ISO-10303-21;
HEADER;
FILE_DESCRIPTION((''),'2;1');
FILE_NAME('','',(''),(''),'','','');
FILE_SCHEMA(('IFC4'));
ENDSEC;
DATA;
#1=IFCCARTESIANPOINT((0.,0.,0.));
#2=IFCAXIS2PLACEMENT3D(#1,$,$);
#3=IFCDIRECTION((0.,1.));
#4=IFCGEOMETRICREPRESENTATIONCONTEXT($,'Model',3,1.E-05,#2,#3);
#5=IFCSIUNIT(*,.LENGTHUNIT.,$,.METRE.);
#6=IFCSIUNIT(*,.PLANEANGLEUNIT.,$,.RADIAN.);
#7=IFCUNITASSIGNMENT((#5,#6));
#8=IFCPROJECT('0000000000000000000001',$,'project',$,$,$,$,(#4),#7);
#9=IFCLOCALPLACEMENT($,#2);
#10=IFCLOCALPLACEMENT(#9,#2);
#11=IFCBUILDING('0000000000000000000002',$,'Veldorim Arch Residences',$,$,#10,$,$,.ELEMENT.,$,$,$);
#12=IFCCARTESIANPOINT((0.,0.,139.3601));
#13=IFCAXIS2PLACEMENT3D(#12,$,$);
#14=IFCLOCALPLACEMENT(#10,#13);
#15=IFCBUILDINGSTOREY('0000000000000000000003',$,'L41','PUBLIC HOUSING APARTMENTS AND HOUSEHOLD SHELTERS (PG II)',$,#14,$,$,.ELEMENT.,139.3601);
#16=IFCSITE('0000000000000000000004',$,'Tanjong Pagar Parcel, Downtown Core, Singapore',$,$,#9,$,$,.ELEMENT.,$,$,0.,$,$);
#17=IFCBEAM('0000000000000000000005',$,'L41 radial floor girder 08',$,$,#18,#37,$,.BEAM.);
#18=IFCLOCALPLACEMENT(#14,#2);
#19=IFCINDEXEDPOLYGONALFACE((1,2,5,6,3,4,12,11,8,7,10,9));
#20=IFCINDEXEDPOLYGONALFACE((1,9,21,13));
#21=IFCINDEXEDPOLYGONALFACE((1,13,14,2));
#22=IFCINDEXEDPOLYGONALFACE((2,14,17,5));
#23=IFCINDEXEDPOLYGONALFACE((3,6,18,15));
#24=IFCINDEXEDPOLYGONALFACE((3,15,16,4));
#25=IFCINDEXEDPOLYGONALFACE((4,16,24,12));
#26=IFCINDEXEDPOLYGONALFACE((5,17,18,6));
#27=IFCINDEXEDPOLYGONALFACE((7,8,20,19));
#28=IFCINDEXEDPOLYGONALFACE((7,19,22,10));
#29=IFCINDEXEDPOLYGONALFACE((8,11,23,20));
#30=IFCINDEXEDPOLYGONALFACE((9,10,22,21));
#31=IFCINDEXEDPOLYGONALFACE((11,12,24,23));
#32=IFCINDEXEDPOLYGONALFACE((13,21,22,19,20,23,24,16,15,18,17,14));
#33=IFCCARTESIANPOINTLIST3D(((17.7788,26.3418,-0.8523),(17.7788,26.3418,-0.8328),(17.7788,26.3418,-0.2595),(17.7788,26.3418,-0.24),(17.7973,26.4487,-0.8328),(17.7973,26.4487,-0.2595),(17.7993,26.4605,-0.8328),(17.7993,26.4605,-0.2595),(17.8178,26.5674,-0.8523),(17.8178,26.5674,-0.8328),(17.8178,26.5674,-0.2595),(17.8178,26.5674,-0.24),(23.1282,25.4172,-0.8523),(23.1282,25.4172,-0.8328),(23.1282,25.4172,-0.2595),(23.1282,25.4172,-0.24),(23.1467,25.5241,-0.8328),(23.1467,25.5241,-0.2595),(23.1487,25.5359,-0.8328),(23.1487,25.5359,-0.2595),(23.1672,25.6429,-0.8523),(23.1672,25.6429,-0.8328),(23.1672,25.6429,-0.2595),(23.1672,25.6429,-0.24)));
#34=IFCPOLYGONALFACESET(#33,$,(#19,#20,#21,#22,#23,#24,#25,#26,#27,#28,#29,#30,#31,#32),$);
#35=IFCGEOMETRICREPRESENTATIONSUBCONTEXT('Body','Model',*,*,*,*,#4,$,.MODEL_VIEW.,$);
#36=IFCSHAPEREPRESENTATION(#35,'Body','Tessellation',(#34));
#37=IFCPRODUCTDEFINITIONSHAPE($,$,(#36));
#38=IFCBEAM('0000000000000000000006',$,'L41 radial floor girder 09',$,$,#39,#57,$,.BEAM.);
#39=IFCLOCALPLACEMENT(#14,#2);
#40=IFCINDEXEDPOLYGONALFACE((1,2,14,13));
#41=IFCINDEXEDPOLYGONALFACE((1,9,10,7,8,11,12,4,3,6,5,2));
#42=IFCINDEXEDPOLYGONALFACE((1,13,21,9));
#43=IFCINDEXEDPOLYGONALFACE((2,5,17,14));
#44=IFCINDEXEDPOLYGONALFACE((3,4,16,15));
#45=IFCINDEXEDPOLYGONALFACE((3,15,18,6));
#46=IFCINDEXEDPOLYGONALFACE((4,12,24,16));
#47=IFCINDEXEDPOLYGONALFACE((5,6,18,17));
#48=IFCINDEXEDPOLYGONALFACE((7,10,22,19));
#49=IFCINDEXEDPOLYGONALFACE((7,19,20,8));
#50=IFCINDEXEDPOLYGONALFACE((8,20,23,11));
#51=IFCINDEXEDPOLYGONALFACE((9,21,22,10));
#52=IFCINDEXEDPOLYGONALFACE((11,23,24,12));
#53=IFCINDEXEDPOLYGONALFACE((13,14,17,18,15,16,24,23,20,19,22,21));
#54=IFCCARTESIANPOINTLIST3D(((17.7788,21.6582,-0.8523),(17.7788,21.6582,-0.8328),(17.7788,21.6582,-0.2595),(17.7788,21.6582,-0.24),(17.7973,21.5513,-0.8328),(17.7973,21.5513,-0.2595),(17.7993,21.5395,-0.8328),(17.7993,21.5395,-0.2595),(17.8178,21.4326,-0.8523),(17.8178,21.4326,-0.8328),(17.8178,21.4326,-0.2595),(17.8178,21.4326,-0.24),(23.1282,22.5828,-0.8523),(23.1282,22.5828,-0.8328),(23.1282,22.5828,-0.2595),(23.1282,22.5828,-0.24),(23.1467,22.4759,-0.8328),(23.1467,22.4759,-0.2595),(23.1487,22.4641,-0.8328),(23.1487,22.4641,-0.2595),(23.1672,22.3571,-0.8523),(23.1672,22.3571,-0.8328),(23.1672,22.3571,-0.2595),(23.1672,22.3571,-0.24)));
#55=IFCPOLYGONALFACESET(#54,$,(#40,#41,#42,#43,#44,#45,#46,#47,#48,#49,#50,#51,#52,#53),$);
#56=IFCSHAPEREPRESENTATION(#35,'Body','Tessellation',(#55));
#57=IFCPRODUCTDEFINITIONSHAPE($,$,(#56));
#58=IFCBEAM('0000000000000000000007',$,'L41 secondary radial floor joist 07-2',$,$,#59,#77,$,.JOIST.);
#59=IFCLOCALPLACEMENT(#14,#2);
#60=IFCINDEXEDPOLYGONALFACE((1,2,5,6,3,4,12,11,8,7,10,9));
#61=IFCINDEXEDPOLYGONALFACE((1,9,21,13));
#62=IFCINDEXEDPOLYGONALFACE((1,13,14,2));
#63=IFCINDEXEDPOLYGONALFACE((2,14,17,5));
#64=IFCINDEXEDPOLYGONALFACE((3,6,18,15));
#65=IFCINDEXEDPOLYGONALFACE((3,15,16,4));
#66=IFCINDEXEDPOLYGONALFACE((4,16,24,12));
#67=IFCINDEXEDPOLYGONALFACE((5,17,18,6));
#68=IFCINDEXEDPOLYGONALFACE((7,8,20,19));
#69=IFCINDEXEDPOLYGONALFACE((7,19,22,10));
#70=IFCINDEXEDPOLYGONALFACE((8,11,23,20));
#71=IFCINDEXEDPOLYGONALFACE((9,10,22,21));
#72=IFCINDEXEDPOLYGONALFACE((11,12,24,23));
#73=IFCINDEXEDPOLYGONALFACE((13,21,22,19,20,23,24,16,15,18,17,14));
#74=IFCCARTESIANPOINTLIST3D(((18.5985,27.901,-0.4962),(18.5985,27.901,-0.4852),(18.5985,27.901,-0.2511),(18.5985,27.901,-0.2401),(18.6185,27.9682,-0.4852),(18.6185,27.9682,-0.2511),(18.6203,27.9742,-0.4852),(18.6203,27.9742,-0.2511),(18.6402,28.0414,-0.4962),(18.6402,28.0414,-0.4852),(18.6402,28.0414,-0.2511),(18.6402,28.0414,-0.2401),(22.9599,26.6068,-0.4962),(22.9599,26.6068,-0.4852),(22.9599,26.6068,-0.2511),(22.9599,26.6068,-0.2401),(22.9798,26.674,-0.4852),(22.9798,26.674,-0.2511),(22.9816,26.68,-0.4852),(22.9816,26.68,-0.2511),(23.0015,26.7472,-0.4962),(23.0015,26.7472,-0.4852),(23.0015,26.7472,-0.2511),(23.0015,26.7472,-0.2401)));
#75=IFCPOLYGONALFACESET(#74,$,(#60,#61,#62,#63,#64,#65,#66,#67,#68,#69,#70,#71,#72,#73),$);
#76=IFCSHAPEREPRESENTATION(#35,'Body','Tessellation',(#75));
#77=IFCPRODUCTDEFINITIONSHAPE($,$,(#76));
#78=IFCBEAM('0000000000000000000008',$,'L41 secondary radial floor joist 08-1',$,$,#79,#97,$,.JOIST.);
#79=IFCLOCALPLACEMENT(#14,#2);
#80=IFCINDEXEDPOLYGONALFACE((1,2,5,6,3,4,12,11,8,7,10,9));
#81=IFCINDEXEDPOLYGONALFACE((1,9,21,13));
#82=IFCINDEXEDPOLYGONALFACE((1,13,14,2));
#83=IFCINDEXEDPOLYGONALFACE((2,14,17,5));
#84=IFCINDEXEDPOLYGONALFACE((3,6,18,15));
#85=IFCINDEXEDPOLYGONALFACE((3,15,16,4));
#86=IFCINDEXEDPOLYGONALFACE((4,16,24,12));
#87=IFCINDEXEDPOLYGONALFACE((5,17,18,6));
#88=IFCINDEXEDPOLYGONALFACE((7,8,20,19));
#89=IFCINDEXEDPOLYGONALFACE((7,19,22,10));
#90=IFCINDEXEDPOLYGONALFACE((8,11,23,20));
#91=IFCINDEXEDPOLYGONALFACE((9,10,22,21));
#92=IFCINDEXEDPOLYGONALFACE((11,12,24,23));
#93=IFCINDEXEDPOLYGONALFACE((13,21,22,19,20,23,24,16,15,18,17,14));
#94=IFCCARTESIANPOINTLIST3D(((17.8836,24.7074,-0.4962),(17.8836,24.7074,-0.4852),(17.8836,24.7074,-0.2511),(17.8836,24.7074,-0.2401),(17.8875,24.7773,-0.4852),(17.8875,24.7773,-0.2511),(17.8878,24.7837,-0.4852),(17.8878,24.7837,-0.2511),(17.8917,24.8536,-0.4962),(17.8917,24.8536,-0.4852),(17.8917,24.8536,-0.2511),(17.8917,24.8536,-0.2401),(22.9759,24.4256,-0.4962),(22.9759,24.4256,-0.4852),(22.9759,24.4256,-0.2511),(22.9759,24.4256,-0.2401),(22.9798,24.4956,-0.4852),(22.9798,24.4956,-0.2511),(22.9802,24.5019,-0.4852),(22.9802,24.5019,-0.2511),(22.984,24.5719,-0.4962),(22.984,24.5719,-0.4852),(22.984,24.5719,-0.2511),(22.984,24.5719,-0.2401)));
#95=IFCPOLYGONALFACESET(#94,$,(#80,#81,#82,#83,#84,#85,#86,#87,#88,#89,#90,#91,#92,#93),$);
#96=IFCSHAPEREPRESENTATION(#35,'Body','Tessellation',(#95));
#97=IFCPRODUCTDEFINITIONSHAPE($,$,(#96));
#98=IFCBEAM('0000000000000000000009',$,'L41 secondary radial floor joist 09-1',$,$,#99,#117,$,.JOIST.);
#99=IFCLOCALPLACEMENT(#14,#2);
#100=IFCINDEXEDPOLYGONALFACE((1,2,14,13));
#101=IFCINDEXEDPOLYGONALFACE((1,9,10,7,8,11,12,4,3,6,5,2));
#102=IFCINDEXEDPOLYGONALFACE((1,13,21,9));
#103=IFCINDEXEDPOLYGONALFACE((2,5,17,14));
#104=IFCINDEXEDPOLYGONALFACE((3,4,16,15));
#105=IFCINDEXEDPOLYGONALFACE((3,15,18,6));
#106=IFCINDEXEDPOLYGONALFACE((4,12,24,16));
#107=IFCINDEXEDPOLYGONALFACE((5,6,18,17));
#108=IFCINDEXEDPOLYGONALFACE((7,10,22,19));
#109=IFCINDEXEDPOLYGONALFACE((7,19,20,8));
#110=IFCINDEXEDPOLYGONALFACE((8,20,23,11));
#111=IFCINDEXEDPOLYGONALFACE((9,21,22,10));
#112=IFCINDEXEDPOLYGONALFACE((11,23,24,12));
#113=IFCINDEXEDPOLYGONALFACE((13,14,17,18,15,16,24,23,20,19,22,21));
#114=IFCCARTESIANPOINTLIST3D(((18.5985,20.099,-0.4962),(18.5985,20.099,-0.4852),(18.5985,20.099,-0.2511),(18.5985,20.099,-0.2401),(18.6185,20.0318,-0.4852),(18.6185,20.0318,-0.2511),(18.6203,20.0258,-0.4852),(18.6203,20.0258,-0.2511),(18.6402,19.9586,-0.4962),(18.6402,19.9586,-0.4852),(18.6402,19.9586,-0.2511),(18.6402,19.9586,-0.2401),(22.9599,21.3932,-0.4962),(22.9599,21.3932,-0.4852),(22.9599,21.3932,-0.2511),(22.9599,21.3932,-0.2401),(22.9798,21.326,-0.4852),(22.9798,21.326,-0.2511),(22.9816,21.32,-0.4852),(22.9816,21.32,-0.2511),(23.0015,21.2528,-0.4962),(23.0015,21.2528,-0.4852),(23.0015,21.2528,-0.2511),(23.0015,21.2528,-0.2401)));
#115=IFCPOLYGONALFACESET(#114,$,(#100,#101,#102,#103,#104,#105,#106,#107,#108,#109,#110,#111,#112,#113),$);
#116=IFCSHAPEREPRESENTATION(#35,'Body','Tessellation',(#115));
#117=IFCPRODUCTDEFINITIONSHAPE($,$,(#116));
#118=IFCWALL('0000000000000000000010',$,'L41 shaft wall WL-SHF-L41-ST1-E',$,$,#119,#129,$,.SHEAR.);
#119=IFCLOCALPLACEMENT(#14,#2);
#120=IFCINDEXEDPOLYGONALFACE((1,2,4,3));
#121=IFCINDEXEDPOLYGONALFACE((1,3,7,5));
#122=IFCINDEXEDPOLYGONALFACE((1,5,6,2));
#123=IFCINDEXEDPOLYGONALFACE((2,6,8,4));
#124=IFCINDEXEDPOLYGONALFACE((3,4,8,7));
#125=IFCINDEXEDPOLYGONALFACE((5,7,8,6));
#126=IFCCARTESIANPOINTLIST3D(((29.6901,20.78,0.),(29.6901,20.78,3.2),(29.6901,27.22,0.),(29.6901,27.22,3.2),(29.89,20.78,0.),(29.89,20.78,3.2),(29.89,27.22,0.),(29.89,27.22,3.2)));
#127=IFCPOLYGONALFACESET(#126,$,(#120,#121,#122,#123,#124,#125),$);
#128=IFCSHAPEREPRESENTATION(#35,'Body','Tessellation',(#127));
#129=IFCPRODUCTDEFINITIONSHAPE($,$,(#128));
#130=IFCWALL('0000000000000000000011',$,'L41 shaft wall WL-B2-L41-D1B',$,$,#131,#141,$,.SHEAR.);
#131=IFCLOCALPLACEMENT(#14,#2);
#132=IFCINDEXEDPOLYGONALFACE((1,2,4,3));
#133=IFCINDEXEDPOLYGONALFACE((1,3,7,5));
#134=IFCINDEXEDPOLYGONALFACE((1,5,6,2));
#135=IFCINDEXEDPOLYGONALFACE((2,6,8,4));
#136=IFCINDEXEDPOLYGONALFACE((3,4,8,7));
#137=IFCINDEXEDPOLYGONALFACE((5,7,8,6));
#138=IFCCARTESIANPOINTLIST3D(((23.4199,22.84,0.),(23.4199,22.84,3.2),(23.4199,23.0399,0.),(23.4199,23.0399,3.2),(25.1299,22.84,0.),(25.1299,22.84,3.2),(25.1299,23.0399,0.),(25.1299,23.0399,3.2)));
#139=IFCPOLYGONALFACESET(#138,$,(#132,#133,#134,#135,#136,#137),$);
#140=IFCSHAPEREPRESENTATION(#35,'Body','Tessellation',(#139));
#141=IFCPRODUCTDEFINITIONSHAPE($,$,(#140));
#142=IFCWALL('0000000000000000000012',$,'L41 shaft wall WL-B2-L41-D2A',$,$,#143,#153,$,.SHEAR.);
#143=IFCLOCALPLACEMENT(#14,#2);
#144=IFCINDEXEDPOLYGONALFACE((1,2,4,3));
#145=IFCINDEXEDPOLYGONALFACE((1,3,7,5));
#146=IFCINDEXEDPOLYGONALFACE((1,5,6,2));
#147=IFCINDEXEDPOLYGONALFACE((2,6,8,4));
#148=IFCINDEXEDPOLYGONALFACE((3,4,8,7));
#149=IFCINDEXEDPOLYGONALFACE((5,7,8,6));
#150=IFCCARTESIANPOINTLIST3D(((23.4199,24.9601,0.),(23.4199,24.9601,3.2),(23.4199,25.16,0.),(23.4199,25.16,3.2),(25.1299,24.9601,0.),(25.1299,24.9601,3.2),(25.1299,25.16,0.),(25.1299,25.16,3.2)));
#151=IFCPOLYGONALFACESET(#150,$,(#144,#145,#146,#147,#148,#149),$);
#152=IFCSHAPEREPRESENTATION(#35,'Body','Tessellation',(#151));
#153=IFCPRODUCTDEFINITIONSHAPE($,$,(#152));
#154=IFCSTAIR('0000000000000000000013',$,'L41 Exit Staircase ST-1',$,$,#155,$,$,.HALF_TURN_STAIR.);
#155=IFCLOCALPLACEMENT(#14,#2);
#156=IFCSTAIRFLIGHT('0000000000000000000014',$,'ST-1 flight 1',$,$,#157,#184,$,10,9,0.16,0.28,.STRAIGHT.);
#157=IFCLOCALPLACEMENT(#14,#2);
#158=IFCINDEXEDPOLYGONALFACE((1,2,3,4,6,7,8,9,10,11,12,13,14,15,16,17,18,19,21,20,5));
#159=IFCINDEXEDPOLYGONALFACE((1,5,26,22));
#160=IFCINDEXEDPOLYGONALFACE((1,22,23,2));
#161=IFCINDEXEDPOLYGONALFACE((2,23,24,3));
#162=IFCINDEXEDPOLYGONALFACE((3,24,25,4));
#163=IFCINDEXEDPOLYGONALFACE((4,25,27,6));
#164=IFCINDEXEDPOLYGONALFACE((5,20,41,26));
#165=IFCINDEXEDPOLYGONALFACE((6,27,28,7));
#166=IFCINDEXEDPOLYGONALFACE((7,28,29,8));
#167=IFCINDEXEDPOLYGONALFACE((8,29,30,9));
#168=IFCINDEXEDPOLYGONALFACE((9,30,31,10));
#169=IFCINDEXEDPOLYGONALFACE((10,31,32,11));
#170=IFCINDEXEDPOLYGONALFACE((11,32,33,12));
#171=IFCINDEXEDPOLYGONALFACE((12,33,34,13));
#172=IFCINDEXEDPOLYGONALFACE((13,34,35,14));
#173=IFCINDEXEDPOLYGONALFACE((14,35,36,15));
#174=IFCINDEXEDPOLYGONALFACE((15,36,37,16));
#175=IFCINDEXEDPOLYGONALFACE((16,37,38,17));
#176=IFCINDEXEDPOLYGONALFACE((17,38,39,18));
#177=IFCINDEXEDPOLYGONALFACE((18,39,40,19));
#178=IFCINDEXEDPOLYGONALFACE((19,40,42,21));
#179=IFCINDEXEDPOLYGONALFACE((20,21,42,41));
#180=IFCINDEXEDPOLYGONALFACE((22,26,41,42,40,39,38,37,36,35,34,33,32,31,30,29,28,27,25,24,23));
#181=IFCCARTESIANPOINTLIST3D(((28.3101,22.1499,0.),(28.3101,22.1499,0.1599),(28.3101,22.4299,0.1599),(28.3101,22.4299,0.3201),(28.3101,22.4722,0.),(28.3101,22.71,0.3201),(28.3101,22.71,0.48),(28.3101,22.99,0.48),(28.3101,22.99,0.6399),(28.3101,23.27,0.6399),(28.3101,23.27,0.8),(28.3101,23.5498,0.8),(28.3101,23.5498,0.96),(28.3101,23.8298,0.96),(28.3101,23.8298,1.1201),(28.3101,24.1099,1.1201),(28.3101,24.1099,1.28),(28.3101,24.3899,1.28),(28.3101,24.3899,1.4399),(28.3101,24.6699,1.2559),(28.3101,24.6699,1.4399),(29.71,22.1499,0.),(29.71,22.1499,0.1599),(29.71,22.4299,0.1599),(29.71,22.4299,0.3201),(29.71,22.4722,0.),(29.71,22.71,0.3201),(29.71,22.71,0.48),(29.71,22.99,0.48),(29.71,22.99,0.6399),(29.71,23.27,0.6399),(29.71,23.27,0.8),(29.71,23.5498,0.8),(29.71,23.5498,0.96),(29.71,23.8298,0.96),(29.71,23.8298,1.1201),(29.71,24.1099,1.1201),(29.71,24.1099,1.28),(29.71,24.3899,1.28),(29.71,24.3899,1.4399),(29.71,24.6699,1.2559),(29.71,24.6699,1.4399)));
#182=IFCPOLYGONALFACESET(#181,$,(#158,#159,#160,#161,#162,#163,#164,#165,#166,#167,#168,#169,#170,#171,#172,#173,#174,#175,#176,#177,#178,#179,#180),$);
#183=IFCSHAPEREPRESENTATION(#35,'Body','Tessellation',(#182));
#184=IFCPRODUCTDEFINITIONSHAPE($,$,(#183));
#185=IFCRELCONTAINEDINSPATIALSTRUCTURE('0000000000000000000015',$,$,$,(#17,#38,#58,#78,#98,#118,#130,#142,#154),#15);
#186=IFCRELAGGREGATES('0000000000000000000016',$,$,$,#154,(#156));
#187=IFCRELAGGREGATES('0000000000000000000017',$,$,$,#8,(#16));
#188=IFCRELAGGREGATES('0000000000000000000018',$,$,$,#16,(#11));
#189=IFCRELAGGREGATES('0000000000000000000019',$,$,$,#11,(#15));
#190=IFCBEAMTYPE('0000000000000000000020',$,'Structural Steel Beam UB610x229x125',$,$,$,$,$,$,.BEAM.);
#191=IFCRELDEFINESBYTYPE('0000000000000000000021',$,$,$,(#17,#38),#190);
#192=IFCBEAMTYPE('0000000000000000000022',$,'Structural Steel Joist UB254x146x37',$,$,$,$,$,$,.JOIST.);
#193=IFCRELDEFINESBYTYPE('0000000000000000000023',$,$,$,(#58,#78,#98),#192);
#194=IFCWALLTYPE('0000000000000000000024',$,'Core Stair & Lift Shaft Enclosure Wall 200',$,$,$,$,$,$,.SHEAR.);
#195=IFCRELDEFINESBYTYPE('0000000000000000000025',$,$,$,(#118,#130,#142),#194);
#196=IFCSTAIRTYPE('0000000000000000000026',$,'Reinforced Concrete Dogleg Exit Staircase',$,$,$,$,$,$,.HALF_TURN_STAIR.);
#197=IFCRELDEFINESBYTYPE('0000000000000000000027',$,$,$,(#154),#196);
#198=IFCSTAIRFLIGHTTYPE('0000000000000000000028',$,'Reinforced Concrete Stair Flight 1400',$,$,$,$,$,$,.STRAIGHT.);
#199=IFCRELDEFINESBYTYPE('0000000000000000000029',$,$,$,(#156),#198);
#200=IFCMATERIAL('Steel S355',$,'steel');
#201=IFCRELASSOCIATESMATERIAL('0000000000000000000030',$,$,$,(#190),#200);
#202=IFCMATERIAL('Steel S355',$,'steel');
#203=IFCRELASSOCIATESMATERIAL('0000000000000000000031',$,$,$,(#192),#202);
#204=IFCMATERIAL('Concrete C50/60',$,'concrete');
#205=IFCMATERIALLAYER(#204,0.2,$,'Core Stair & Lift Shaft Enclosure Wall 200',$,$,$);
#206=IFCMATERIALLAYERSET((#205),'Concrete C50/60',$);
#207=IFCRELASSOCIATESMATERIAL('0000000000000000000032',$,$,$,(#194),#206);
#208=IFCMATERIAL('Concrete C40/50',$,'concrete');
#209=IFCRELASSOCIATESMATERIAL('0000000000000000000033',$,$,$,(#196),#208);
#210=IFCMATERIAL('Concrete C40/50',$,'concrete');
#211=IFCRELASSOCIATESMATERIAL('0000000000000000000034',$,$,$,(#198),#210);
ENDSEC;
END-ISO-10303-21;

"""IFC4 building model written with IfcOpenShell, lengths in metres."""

from ifc_helpers import new_model, si_unit, direction, frame, frame_2d, origin, origin_2d, place, context, subcontext, project, spatial, polyline, rectangle, i_section, outline, extrude, material, layer, layer_set, material_profile, profile_set, type_object, element, aggregate, save


model = new_model("IFC4")

# Units and contexts
model_context = context("Model", 3, precision=1e-05, world=origin(), true_north=direction((0.0, 1.0)))
body_context = subcontext(model_context, "Body", "Model", "MODEL_VIEW")
ifc_project = project(units=[si_unit("LENGTHUNIT", "METRE"), si_unit("PLANEANGLEUNIT", "RADIAN")], contexts=[model_context])

# Site, building, storey
site_placement = place(None, origin())
site = spatial("IfcSite", under=ifc_project, at=site_placement, Name="Tanjong Pagar Parcel, Downtown Core, Singapore", CompositionType="ELEMENT", RefElevation=0.0)
building_placement = place(site_placement, origin())
building = spatial("IfcBuilding", under=site, at=building_placement, Name="Veldorim Arch Residences", CompositionType="ELEMENT")
storey_placement = place(building_placement, frame((0.0, 0.0, 139.3601)))
storey = spatial("IfcBuildingStorey", under=building, at=storey_placement, Name="L41", Description="PUBLIC HOUSING APARTMENTS AND HOUSEHOLD SHELTERS (PG II)", CompositionType="ELEMENT", Elevation=139.3601)

# Beams
ifc_material_1 = material(Name="Steel S355", Category="steel")
ifc_material_profile_1 = material_profile(ifc_material_1, i_section(OverallWidth=0.229, OverallDepth=0.6123, WebThickness=0.012, FlangeThickness=0.0195, at=origin_2d()), Name="UB610x229x125")
ifc_profile_set_1 = profile_set([ifc_material_profile_1], Name="Steel S355")
beam_type_1 = type_object("IfcBeamType", Name="Structural Steel Beam UB610x229x125", PredefinedType="BEAM", material=ifc_profile_set_1)
for number, where, z_axis, x_axis, name in (
    (1, (23.1477, 25.53, -0.5461), (-0.98539, 0.170311, 0.0), (-0.170311, -0.98539, 0.0), "L41 radial floor girder 08"),
    (2, (23.1477, 22.47, -0.5461), (-0.98539, -0.170311, 0.0), (0.170311, -0.98539, 0.0), "L41 radial floor girder 09"),
):
    element("IfcBeam", number, at=place(storey_placement, frame(where, z_axis=z_axis, x_axis=x_axis)), inside=storey, type_object=beam_type_1, Name=name, PredefinedType="BEAM", context=body_context, shape_type="SweptSolid", body=[
        extrude(i_section(OverallWidth=0.229, OverallDepth=0.6123, WebThickness=0.012, FlangeThickness=0.0195, at=origin_2d()), origin(), (0.0, 0.0, 1.0), 5.4287),
    ])
ifc_material_2 = material(Name="Steel S355", Category="steel")
ifc_material_profile_2 = material_profile(ifc_material_2, i_section(OverallWidth=0.1465, OverallDepth=0.2561, WebThickness=0.0063, FlangeThickness=0.011, at=origin_2d()), Name="UB254x146x37")
ifc_profile_set_2 = profile_set([ifc_material_profile_2], Name="Steel S355")
beam_type_2 = type_object("IfcBeamType", Name="Structural Steel Joist UB254x146x37", PredefinedType="JOIST", material=ifc_profile_set_2)
beam_1_placement = place(storey_placement, frame((22.9807, 26.677, -0.3682), z_axis=(-0.958682, 0.284481, 0.0), x_axis=(-0.284481, -0.958682, 0.0)))
element("IfcBeam", 3, at=beam_1_placement, inside=storey, type_object=beam_type_2, Name="L41 secondary radial floor joist 07-2", PredefinedType="JOIST", context=body_context, shape_type="SweptSolid", body=[
    extrude(i_section(OverallWidth=0.1465, OverallDepth=0.2561, WebThickness=0.0063, FlangeThickness=0.011, at=origin_2d()), origin(), (0.0, 0.0, 1.0), 4.5493),
])
beam_2_placement = place(storey_placement, frame((22.98, 24.4988, -0.3682), z_axis=(-0.998473, 0.055242, 0.0), x_axis=(-0.055242, -0.998473, 0.0)))
element("IfcBeam", 4, at=beam_2_placement, inside=storey, type_object=beam_type_2, Name="L41 secondary radial floor joist 08-1", PredefinedType="JOIST", context=body_context, shape_type="SweptSolid", body=[
    extrude(i_section(OverallWidth=0.1465, OverallDepth=0.2561, WebThickness=0.0063, FlangeThickness=0.011, at=origin_2d()), origin(), (0.0, 0.0, 1.0), 5.1001),
])
beam_3_placement = place(storey_placement, frame((22.9807, 21.323, -0.3682), z_axis=(-0.958682, -0.284481, 0.0), x_axis=(0.284481, -0.958682, 0.0)))
element("IfcBeam", 5, at=beam_3_placement, inside=storey, type_object=beam_type_2, Name="L41 secondary radial floor joist 09-1", PredefinedType="JOIST", context=body_context, shape_type="SweptSolid", body=[
    extrude(i_section(OverallWidth=0.1465, OverallDepth=0.2561, WebThickness=0.0063, FlangeThickness=0.011, at=origin_2d()), origin(), (0.0, 0.0, 1.0), 4.5493),
])

# Wall
ifc_material_3 = material(Name="Concrete C50/60", Category="concrete")
ifc_layer = layer(ifc_material_3, 0.2, Name="Core Stair & Lift Shaft Enclosure Wall 200")
ifc_layer_set = layer_set([ifc_layer], Name="Concrete C50/60")
wall_type = type_object("IfcWallType", Name="Core Stair & Lift Shaft Enclosure Wall 200", PredefinedType="SHEAR", material=ifc_layer_set)
wall_1_placement = place(storey_placement, frame((29.79, 20.78, 0.0), z_axis=(0.0, 0.0, 1.0), x_axis=(0.0, 1.0, 0.0)))
element("IfcWall", 6, at=wall_1_placement, inside=storey, type_object=wall_type, Name="L41 shaft wall WL-SHF-L41-ST1-E", PredefinedType="SHEAR", context=body_context, shape_type="SweptSolid", body=[
    extrude(rectangle(XDim=6.4399, YDim=0.2, at=frame_2d((3.22, 0.0))), origin(), (0.0, 0.0, 1.0), 3.2),
])

# Walls
for number, where, z_axis, x_axis, name in (
    (7, (23.4199, 22.9399, 0.0), (0.0, 0.0, 1.0), (1.0, 0.0, 0.0), "L41 shaft wall WL-B2-L41-D1B"),
    (8, (23.4199, 25.0601, 0.0), (0.0, 0.0, 1.0), (1.0, 0.0, 0.0), "L41 shaft wall WL-B2-L41-D2A"),
):
    element("IfcWall", number, at=place(storey_placement, frame(where, z_axis=z_axis, x_axis=x_axis)), inside=storey, type_object=wall_type, Name=name, PredefinedType="SHEAR", context=body_context, shape_type="SweptSolid", body=[
        extrude(rectangle(XDim=1.71, YDim=0.2, at=frame_2d((0.855, 0.0))), origin(), (0.0, 0.0, 1.0), 3.2),
    ])

# Stair, stair flight
ifc_material_4 = material(Name="Concrete C40/50", Category="concrete")
stair_type = type_object("IfcStairType", Name="Reinforced Concrete Dogleg Exit Staircase", PredefinedType="HALF_TURN_STAIR", material=ifc_material_4)
stair_placement = place(storey_placement, origin())
stair = element("IfcStair", 9, at=stair_placement, inside=storey, type_object=stair_type, Name="L41 Exit Staircase ST-1", PredefinedType="HALF_TURN_STAIR")
ifc_material_5 = material(Name="Concrete C40/50", Category="concrete")
stair_flight_type = type_object("IfcStairFlightType", Name="Reinforced Concrete Stair Flight 1400", PredefinedType="STRAIGHT", material=ifc_material_5)
stair_flight_1_placement = place(storey_placement, frame((29.01, 22.1499, 0.0), z_axis=(0.0, 0.0, 1.0), x_axis=(0.0, 1.0, 0.0)))
stair_flight_1 = element("IfcStairFlight", 10, at=stair_flight_1_placement, type_object=stair_flight_type, Name="ST-1 flight 1", NumberOfRisers=10, NumberOfTreads=9, PredefinedType="STRAIGHT", RiserHeight=0.16, TreadLength=0.28, context=body_context, shape_type="SweptSolid", body=[
    extrude(outline(polyline([(0.0, 0.0), (0.0, 0.1599), (0.28, 0.1599), (0.28, 0.3201), (0.5601, 0.3201), (0.5601, 0.48), (0.8401, 0.48), (0.8401, 0.6399), (1.1201, 0.6399), (1.1201, 0.8), (1.3999, 0.8), (1.3999, 0.96), (1.6799, 0.96), (1.6799, 1.1201), (1.96, 1.1201), (1.96, 1.28), (2.24, 1.28), (2.24, 1.4399), (2.52, 1.4399), (2.52, 1.6001), (2.52, 1.2559), (0.3223, 0.0), (0.0, 0.0)])), frame((0.0, 0.7, 0.0), z_axis=(0.0, -1.0, 0.0), x_axis=(1.0, 0.0, 0.0)), (0.0, 0.0, 1.0), 1.3999),
])
aggregate(stair, [stair_flight_1])

save(model, "model.ifc")
